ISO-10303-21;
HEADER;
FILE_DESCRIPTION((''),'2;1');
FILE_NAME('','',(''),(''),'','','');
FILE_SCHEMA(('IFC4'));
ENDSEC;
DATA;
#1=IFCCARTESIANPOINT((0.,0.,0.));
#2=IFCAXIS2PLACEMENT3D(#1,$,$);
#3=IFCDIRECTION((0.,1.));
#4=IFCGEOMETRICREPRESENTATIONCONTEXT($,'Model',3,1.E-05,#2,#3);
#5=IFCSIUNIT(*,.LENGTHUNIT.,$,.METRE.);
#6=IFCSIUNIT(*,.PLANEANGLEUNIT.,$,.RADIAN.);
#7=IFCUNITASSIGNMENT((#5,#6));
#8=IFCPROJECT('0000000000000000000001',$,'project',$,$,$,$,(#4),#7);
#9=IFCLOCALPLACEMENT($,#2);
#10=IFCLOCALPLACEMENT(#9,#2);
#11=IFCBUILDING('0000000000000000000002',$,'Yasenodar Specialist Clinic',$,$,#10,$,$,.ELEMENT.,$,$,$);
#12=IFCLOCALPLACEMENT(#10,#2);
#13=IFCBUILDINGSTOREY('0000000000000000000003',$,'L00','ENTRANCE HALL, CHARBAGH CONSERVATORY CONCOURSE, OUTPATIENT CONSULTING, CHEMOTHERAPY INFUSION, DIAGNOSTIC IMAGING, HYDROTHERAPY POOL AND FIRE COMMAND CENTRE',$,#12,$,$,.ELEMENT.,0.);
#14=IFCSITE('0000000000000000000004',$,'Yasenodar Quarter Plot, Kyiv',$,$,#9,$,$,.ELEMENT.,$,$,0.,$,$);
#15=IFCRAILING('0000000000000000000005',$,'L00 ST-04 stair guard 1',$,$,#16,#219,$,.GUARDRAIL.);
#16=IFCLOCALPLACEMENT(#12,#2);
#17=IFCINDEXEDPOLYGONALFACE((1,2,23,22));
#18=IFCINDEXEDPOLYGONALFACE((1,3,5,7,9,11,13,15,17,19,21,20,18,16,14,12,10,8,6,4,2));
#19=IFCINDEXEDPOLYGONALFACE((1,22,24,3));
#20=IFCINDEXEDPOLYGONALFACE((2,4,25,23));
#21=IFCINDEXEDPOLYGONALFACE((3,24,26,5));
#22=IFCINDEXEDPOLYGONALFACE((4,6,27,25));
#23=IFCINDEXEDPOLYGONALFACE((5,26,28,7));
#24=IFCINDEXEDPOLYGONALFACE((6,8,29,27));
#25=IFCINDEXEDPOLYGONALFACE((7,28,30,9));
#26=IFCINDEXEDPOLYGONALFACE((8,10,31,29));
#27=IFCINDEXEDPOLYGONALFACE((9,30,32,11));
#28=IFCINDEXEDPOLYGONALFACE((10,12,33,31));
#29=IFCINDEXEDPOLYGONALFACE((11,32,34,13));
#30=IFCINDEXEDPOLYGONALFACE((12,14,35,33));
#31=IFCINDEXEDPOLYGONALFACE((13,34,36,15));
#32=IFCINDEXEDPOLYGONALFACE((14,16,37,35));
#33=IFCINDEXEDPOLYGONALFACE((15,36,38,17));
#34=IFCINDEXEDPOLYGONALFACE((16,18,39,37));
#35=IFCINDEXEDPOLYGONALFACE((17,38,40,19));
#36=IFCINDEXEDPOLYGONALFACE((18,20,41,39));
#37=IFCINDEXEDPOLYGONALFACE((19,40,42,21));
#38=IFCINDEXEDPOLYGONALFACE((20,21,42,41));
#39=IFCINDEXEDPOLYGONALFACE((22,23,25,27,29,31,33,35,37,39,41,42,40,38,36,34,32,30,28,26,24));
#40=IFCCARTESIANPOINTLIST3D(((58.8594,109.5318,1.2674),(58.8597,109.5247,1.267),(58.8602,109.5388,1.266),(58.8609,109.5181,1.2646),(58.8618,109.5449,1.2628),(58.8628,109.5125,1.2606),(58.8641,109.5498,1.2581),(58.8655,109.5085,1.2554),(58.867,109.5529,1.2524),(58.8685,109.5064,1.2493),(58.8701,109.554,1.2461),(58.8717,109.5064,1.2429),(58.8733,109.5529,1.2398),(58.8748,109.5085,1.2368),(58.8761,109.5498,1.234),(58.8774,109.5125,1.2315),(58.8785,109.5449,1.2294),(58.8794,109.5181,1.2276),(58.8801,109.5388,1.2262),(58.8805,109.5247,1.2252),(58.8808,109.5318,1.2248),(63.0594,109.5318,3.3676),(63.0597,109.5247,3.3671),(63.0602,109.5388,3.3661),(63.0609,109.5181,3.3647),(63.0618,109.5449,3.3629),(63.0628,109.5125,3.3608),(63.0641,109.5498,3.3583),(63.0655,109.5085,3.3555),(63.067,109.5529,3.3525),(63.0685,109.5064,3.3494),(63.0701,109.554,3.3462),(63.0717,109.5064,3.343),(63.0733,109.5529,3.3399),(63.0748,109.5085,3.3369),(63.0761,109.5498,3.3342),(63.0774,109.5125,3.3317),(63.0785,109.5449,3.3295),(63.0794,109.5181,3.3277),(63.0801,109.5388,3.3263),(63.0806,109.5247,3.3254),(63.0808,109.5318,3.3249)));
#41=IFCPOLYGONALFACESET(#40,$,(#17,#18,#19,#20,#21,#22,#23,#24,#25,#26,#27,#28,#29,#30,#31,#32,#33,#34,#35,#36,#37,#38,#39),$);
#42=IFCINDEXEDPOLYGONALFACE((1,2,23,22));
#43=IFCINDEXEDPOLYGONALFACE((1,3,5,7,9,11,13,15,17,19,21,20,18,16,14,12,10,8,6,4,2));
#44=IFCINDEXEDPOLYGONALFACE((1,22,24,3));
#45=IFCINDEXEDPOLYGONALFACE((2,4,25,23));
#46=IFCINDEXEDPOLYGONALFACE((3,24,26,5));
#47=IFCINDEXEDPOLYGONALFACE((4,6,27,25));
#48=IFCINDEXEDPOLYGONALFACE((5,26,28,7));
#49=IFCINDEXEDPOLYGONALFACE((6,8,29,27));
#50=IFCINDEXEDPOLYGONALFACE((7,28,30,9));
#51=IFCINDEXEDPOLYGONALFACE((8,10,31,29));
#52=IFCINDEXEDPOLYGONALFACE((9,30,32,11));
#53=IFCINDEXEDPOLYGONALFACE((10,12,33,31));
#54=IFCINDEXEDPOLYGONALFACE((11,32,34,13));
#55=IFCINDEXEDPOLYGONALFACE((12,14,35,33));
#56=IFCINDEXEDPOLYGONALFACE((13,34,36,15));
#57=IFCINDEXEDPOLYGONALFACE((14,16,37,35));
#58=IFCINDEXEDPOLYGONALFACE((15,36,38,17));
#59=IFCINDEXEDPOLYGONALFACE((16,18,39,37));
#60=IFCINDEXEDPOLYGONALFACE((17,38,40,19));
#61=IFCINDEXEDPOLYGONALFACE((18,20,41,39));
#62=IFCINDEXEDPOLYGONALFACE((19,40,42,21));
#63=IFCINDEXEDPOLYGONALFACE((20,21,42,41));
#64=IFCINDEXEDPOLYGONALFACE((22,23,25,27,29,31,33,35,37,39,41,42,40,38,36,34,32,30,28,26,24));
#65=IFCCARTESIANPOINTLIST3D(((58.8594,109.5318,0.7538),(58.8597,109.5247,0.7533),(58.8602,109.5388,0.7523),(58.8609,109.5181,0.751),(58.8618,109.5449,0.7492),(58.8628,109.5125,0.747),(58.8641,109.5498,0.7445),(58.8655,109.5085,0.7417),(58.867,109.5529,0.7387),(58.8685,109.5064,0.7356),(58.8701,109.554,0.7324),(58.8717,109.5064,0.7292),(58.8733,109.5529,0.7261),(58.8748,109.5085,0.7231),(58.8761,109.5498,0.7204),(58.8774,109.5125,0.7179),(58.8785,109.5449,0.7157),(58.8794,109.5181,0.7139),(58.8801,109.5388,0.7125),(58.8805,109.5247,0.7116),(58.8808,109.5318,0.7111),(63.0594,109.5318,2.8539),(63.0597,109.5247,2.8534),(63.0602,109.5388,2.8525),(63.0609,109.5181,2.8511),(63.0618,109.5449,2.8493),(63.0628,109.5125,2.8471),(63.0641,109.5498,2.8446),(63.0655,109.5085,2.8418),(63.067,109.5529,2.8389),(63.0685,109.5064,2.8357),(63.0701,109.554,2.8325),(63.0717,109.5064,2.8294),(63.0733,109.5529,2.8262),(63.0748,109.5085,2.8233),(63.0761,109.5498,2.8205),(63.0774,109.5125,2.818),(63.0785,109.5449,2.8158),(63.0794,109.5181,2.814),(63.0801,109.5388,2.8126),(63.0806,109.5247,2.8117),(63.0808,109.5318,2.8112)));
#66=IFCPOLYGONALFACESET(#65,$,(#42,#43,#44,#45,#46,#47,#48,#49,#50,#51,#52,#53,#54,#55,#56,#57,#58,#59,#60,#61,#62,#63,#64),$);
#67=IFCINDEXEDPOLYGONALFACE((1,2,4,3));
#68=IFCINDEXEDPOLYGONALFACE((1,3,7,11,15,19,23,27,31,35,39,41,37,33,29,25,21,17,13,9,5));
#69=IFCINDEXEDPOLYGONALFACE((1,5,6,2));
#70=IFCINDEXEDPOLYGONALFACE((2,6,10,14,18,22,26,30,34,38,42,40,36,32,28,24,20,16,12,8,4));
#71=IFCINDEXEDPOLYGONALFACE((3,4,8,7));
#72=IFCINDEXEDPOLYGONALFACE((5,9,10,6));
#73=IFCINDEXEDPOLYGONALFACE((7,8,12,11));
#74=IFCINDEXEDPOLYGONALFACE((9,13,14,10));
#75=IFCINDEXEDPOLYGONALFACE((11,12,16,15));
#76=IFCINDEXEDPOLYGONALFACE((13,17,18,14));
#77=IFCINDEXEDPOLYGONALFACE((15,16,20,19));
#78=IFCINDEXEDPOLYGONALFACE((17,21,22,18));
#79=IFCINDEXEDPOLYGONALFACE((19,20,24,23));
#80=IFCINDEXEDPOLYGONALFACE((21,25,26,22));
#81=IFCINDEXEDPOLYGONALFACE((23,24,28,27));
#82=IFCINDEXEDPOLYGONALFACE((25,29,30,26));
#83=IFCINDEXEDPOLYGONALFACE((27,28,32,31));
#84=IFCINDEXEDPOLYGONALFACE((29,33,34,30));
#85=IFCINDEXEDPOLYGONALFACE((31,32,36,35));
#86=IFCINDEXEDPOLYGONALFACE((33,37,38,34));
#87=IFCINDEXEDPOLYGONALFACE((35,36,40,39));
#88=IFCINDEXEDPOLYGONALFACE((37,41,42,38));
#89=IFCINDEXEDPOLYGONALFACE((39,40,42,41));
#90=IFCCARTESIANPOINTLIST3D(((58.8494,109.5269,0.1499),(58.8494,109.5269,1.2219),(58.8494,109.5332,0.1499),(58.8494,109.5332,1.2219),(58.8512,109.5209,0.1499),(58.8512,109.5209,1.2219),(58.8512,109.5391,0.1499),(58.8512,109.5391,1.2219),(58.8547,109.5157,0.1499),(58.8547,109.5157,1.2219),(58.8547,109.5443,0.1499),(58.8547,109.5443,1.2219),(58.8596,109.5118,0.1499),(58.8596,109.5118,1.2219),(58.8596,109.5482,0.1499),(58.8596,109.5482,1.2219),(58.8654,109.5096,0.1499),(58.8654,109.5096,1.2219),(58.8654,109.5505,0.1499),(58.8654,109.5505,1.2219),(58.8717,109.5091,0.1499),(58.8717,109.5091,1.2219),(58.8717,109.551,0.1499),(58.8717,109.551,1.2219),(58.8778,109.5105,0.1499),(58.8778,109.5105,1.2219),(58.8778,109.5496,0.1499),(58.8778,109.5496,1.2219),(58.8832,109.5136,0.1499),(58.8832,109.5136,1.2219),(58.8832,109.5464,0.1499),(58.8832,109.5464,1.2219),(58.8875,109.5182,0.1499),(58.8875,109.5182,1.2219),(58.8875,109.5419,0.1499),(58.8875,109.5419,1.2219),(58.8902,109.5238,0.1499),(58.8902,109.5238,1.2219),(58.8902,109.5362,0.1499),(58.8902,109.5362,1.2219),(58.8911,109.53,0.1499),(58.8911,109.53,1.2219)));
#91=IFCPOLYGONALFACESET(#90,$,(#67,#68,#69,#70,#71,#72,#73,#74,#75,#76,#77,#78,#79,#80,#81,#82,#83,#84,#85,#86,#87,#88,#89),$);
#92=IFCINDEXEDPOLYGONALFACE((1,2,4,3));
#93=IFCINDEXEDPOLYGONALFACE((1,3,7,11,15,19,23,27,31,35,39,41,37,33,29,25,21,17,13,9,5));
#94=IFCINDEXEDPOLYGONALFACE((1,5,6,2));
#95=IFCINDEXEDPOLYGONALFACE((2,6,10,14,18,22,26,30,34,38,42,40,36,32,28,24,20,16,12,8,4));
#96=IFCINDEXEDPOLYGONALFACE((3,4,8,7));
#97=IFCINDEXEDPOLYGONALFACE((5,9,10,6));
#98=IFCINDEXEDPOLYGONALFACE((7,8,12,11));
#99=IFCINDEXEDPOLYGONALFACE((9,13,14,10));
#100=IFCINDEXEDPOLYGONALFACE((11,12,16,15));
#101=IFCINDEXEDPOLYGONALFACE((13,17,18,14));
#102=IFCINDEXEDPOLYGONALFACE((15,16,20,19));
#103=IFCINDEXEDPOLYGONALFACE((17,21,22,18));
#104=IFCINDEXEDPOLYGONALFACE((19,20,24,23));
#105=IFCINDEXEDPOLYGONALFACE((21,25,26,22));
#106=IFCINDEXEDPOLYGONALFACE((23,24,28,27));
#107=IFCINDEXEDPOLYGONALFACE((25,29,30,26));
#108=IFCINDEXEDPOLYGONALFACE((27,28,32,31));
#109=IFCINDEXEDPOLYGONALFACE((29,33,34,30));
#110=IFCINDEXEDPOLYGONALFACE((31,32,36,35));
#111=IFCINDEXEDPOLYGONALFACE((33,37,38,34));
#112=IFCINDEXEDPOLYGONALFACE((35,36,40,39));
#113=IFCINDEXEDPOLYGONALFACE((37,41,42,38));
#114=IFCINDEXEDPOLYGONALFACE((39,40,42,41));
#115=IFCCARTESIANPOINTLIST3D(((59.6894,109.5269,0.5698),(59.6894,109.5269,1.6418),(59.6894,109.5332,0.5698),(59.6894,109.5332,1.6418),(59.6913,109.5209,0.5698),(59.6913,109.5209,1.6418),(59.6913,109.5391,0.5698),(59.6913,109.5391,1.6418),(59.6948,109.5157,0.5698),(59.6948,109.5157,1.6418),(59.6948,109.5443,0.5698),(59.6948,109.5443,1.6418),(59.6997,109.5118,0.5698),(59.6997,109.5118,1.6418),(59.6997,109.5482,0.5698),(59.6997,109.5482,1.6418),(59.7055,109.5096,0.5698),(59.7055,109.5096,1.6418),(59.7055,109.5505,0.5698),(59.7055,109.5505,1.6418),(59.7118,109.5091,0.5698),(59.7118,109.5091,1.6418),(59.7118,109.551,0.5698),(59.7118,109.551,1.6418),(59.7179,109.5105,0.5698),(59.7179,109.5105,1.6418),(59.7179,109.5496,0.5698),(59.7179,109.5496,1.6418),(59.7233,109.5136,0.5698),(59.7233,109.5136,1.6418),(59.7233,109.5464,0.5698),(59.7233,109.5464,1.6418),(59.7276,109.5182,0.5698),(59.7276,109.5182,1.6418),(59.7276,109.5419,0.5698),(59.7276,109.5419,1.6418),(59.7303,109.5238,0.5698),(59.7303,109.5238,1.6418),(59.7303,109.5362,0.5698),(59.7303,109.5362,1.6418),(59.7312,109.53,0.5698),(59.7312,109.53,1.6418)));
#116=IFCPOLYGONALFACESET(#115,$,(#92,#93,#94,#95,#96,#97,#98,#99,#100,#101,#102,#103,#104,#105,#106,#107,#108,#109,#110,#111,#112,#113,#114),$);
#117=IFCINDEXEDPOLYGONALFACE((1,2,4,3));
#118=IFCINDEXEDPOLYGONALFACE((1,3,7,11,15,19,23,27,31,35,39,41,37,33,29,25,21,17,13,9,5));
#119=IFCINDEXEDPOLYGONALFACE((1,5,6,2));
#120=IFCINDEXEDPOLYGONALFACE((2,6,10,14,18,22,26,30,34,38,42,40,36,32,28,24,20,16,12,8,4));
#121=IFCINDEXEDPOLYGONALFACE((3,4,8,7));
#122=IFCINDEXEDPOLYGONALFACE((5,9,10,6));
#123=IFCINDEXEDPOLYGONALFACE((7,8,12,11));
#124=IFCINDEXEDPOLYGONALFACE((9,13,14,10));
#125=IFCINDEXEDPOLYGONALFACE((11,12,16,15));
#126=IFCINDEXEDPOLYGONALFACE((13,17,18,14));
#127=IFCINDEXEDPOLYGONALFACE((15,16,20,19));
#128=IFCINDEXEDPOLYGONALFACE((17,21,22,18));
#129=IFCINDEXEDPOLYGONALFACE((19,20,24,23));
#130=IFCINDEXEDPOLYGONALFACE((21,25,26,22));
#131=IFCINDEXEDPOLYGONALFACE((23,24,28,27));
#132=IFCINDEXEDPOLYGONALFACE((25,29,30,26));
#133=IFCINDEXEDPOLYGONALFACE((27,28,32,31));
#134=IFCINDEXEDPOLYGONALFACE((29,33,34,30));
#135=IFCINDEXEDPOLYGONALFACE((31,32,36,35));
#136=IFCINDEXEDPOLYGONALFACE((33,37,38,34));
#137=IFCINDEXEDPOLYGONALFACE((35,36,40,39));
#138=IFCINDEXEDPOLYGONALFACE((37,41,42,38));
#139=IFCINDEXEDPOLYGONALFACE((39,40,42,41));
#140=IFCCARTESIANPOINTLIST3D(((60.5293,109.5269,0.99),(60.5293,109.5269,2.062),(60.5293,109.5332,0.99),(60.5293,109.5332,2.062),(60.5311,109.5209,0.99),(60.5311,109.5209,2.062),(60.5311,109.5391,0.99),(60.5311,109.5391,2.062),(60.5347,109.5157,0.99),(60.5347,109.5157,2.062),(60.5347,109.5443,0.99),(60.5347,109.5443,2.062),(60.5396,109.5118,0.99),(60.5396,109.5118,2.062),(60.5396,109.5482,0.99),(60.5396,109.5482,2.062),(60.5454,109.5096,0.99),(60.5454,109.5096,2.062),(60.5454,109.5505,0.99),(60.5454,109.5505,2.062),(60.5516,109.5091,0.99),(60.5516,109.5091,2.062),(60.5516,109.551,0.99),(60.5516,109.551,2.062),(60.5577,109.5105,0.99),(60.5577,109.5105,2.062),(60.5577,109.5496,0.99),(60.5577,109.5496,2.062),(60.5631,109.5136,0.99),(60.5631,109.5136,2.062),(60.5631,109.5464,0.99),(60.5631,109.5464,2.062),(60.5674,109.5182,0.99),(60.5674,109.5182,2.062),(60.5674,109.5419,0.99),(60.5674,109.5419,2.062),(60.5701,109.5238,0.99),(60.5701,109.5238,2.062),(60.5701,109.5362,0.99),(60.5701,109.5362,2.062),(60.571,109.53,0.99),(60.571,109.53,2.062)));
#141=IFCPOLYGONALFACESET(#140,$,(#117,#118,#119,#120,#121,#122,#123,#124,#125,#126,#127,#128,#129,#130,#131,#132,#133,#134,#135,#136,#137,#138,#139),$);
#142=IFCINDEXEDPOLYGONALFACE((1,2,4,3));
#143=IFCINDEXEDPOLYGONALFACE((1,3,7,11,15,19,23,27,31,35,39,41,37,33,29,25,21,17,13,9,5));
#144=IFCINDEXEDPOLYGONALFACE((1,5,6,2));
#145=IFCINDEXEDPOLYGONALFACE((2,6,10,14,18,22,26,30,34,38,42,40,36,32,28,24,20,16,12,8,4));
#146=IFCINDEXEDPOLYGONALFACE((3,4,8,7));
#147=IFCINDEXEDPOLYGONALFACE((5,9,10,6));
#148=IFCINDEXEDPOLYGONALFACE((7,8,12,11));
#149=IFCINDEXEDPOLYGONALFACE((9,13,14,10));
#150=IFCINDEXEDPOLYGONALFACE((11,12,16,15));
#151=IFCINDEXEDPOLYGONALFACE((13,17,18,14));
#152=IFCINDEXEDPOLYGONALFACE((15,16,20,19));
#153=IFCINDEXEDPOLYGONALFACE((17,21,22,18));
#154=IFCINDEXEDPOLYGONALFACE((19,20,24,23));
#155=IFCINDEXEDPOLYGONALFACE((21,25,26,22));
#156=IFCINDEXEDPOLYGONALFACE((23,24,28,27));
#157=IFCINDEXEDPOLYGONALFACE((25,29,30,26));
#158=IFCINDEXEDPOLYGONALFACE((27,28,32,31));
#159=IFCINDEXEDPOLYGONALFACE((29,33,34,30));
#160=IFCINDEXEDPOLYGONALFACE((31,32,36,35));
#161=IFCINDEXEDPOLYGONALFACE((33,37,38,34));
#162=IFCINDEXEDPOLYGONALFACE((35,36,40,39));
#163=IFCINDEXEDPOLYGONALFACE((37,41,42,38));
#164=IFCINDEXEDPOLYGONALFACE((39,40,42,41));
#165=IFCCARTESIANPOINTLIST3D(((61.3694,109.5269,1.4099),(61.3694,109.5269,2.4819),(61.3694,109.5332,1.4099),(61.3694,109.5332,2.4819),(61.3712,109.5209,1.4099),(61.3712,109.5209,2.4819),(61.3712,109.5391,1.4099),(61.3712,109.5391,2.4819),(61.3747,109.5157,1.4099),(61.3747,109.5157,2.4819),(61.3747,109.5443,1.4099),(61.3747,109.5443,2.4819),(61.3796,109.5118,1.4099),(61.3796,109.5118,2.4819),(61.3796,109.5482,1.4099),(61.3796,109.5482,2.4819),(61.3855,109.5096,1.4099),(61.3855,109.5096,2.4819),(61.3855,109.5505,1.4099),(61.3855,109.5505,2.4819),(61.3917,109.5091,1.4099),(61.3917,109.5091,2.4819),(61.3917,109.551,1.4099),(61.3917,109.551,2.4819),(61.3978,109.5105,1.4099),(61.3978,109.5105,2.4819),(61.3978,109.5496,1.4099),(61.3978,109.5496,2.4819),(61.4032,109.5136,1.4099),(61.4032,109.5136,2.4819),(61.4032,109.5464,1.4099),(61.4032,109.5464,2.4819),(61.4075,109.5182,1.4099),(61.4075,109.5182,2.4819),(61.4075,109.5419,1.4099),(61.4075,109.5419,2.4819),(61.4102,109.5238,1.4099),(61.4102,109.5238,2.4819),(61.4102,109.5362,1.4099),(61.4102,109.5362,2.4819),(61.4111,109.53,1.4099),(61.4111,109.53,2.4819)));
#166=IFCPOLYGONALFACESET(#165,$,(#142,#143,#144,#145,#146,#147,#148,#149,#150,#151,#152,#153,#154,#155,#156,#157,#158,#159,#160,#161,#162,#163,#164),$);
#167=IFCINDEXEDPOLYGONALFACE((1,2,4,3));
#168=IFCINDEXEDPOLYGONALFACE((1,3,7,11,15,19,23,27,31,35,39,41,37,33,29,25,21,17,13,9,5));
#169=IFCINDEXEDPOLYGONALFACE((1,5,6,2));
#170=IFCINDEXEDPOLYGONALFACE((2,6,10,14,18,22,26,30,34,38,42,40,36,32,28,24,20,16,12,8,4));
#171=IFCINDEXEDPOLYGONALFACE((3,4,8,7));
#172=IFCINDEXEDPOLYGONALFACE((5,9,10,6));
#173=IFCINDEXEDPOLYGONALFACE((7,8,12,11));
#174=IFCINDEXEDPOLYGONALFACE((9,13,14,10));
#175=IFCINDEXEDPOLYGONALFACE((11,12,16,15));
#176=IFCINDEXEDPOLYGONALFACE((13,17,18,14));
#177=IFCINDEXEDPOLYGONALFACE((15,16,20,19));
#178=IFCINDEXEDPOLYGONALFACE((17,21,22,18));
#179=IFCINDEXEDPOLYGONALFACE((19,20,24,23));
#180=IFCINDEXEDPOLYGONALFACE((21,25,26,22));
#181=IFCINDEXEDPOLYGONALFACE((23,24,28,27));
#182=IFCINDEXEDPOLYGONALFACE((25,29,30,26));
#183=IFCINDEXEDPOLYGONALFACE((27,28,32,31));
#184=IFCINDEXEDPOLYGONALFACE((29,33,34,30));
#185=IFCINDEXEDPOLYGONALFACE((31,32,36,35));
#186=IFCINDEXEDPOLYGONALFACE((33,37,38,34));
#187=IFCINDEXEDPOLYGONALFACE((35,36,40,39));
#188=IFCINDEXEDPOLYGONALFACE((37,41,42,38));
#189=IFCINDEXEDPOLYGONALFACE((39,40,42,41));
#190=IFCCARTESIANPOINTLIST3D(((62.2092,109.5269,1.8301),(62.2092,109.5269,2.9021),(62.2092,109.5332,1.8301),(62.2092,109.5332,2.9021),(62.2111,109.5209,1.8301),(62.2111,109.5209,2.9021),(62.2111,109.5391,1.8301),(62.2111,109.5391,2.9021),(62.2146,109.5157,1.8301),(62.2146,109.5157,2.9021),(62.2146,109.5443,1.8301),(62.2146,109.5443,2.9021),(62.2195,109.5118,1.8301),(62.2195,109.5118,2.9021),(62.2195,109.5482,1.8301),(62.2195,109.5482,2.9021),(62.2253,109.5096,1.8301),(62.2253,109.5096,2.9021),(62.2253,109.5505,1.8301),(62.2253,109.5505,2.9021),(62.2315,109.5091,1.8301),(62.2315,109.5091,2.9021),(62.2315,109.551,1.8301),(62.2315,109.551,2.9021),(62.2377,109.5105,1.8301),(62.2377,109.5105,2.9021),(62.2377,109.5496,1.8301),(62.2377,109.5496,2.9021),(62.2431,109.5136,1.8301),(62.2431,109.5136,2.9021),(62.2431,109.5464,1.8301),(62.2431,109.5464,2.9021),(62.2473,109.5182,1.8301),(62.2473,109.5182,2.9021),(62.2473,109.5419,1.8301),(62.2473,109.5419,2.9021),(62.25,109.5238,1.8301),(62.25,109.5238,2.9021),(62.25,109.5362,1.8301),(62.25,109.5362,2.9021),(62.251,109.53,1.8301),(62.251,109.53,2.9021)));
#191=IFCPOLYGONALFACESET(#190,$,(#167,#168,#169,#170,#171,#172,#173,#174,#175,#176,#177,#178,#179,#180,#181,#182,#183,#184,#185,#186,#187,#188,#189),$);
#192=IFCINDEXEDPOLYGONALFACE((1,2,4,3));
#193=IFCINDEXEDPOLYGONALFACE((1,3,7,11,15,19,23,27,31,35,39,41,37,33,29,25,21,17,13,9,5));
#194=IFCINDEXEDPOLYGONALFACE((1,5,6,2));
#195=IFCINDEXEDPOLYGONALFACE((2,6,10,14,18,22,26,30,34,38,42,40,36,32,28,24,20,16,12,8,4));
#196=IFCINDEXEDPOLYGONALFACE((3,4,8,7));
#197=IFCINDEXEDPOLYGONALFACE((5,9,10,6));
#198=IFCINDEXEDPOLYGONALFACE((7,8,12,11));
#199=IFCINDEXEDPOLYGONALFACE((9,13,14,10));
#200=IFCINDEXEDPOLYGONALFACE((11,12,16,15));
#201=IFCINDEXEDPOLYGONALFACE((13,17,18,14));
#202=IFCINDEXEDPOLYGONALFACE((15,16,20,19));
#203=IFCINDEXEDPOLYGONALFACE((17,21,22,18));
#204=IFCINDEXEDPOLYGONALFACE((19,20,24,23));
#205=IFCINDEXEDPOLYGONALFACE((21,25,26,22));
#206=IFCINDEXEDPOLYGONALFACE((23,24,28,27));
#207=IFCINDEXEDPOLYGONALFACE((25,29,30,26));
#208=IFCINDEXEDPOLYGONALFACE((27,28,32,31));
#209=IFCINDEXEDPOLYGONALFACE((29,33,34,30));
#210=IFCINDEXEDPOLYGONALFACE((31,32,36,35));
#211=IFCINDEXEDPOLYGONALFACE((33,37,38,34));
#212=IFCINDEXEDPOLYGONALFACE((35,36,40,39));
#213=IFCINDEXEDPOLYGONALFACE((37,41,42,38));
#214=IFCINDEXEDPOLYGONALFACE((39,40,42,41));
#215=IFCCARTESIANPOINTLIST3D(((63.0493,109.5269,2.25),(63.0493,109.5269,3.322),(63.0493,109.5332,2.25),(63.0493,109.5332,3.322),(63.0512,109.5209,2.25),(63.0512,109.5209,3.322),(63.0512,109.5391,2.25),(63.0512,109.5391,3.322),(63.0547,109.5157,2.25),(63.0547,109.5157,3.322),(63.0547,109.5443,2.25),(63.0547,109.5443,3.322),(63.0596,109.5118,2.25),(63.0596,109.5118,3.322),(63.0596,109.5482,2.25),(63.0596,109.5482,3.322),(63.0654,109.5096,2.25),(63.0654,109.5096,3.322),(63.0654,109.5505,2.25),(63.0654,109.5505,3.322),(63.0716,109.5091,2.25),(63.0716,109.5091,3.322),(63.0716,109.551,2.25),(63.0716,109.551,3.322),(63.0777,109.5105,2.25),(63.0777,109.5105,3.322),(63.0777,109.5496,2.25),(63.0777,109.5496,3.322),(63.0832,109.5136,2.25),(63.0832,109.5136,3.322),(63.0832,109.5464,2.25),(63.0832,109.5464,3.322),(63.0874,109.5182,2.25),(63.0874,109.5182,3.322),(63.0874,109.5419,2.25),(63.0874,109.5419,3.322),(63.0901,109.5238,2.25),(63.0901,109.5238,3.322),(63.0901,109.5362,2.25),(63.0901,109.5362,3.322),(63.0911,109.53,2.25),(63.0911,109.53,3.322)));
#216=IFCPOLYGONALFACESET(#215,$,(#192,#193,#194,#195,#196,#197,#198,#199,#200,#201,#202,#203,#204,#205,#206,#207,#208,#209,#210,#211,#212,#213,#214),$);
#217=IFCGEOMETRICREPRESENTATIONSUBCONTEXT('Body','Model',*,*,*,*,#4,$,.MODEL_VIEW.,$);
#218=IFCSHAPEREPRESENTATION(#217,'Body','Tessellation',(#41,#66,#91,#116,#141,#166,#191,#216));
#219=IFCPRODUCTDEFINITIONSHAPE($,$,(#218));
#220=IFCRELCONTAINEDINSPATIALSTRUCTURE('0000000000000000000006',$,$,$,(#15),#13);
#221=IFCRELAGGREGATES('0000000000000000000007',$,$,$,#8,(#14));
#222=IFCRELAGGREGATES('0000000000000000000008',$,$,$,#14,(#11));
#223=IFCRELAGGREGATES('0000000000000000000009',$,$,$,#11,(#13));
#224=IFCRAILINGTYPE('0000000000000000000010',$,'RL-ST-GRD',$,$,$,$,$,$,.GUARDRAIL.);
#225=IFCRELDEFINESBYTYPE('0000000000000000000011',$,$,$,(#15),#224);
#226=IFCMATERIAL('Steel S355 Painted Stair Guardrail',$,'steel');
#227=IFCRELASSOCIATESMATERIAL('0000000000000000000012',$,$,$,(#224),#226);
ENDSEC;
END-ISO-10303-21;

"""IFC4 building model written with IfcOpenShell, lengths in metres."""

from ifc_helpers import new_model, si_unit, direction, frame, origin, origin_2d, place, context, subcontext, project, spatial, circle, extrude, material, type_object, element, save


model = new_model("IFC4")

# Units and contexts
model_context = context("Model", 3, precision=1e-05, world=origin(), true_north=direction((0.0, 1.0)))
body_context = subcontext(model_context, "Body", "Model", "MODEL_VIEW")
ifc_project = project(units=[si_unit("LENGTHUNIT", "METRE"), si_unit("PLANEANGLEUNIT", "RADIAN")], contexts=[model_context])

# Site, building, storey
site_placement = place(None, origin())
site = spatial("IfcSite", under=ifc_project, at=site_placement, Name="Yasenodar Quarter Plot, Kyiv", CompositionType="ELEMENT", RefElevation=0.0)
building_placement = place(site_placement, origin())
building = spatial("IfcBuilding", under=site, at=building_placement, Name="Yasenodar Specialist Clinic", CompositionType="ELEMENT")
storey_placement = place(building_placement, origin())
storey = spatial("IfcBuildingStorey", under=building, at=storey_placement, Name="L00", Description="ENTRANCE HALL, CHARBAGH CONSERVATORY CONCOURSE, OUTPATIENT CONSULTING, CHEMOTHERAPY INFUSION, DIAGNOSTIC IMAGING, HYDROTHERAPY POOL AND FIRE COMMAND CENTRE", CompositionType="ELEMENT", Elevation=0.0)

# Railing
ifc_material_1 = material(Name="Steel S355 Painted Stair Guardrail", Category="steel")
railing_type_1 = type_object("IfcRailingType", Name="RL-ST-GRD", PredefinedType="GUARDRAIL", material=ifc_material_1)
railing_1_placement = place(storey_placement, frame((58.8701, 109.53, 0.1499)))
element("IfcRailing", 1, at=railing_1_placement, inside=storey, type_object=railing_type_1, Name="L00 ST-04 stair guard 1", PredefinedType="GUARDRAIL", context=body_context, shape_type="SweptSolid", body=[
    extrude(circle(Radius=0.0239, at=origin_2d()), frame((0.0, 0.0, 1.0962), z_axis=(0.894417, 0.0, 0.447234), x_axis=(0.0, 1.0, 0.0)), (0.0, 0.0, 1.0), 4.6958),
    extrude(circle(Radius=0.0239, at=origin_2d()), frame((0.0, 0.0, 0.5825), z_axis=(0.894417, 0.0, 0.447234), x_axis=(0.0, 1.0, 0.0)), (0.0, 0.0, 1.0), 4.6958),
    extrude(circle(Radius=0.021, at=origin_2d()), origin(), (0.0, 0.0, 1.0), 1.072),
    extrude(circle(Radius=0.021, at=origin_2d()), frame((0.8401, 0.0, 0.4199)), (0.0, 0.0, 1.0), 1.072),
    extrude(circle(Radius=0.021, at=origin_2d()), frame((1.6799, 0.0, 0.8401)), (0.0, 0.0, 1.0), 1.072),
    extrude(circle(Radius=0.021, at=origin_2d()), frame((2.52, 0.0, 1.26)), (0.0, 0.0, 1.0), 1.072),
    extrude(circle(Radius=0.021, at=origin_2d()), frame((3.3599, 0.0, 1.6802)), (0.0, 0.0, 1.0), 1.072),
    extrude(circle(Radius=0.021, at=origin_2d()), frame((4.2, 0.0, 2.1001)), (0.0, 0.0, 1.0), 1.072),
])

save(model, "model.ifc")
